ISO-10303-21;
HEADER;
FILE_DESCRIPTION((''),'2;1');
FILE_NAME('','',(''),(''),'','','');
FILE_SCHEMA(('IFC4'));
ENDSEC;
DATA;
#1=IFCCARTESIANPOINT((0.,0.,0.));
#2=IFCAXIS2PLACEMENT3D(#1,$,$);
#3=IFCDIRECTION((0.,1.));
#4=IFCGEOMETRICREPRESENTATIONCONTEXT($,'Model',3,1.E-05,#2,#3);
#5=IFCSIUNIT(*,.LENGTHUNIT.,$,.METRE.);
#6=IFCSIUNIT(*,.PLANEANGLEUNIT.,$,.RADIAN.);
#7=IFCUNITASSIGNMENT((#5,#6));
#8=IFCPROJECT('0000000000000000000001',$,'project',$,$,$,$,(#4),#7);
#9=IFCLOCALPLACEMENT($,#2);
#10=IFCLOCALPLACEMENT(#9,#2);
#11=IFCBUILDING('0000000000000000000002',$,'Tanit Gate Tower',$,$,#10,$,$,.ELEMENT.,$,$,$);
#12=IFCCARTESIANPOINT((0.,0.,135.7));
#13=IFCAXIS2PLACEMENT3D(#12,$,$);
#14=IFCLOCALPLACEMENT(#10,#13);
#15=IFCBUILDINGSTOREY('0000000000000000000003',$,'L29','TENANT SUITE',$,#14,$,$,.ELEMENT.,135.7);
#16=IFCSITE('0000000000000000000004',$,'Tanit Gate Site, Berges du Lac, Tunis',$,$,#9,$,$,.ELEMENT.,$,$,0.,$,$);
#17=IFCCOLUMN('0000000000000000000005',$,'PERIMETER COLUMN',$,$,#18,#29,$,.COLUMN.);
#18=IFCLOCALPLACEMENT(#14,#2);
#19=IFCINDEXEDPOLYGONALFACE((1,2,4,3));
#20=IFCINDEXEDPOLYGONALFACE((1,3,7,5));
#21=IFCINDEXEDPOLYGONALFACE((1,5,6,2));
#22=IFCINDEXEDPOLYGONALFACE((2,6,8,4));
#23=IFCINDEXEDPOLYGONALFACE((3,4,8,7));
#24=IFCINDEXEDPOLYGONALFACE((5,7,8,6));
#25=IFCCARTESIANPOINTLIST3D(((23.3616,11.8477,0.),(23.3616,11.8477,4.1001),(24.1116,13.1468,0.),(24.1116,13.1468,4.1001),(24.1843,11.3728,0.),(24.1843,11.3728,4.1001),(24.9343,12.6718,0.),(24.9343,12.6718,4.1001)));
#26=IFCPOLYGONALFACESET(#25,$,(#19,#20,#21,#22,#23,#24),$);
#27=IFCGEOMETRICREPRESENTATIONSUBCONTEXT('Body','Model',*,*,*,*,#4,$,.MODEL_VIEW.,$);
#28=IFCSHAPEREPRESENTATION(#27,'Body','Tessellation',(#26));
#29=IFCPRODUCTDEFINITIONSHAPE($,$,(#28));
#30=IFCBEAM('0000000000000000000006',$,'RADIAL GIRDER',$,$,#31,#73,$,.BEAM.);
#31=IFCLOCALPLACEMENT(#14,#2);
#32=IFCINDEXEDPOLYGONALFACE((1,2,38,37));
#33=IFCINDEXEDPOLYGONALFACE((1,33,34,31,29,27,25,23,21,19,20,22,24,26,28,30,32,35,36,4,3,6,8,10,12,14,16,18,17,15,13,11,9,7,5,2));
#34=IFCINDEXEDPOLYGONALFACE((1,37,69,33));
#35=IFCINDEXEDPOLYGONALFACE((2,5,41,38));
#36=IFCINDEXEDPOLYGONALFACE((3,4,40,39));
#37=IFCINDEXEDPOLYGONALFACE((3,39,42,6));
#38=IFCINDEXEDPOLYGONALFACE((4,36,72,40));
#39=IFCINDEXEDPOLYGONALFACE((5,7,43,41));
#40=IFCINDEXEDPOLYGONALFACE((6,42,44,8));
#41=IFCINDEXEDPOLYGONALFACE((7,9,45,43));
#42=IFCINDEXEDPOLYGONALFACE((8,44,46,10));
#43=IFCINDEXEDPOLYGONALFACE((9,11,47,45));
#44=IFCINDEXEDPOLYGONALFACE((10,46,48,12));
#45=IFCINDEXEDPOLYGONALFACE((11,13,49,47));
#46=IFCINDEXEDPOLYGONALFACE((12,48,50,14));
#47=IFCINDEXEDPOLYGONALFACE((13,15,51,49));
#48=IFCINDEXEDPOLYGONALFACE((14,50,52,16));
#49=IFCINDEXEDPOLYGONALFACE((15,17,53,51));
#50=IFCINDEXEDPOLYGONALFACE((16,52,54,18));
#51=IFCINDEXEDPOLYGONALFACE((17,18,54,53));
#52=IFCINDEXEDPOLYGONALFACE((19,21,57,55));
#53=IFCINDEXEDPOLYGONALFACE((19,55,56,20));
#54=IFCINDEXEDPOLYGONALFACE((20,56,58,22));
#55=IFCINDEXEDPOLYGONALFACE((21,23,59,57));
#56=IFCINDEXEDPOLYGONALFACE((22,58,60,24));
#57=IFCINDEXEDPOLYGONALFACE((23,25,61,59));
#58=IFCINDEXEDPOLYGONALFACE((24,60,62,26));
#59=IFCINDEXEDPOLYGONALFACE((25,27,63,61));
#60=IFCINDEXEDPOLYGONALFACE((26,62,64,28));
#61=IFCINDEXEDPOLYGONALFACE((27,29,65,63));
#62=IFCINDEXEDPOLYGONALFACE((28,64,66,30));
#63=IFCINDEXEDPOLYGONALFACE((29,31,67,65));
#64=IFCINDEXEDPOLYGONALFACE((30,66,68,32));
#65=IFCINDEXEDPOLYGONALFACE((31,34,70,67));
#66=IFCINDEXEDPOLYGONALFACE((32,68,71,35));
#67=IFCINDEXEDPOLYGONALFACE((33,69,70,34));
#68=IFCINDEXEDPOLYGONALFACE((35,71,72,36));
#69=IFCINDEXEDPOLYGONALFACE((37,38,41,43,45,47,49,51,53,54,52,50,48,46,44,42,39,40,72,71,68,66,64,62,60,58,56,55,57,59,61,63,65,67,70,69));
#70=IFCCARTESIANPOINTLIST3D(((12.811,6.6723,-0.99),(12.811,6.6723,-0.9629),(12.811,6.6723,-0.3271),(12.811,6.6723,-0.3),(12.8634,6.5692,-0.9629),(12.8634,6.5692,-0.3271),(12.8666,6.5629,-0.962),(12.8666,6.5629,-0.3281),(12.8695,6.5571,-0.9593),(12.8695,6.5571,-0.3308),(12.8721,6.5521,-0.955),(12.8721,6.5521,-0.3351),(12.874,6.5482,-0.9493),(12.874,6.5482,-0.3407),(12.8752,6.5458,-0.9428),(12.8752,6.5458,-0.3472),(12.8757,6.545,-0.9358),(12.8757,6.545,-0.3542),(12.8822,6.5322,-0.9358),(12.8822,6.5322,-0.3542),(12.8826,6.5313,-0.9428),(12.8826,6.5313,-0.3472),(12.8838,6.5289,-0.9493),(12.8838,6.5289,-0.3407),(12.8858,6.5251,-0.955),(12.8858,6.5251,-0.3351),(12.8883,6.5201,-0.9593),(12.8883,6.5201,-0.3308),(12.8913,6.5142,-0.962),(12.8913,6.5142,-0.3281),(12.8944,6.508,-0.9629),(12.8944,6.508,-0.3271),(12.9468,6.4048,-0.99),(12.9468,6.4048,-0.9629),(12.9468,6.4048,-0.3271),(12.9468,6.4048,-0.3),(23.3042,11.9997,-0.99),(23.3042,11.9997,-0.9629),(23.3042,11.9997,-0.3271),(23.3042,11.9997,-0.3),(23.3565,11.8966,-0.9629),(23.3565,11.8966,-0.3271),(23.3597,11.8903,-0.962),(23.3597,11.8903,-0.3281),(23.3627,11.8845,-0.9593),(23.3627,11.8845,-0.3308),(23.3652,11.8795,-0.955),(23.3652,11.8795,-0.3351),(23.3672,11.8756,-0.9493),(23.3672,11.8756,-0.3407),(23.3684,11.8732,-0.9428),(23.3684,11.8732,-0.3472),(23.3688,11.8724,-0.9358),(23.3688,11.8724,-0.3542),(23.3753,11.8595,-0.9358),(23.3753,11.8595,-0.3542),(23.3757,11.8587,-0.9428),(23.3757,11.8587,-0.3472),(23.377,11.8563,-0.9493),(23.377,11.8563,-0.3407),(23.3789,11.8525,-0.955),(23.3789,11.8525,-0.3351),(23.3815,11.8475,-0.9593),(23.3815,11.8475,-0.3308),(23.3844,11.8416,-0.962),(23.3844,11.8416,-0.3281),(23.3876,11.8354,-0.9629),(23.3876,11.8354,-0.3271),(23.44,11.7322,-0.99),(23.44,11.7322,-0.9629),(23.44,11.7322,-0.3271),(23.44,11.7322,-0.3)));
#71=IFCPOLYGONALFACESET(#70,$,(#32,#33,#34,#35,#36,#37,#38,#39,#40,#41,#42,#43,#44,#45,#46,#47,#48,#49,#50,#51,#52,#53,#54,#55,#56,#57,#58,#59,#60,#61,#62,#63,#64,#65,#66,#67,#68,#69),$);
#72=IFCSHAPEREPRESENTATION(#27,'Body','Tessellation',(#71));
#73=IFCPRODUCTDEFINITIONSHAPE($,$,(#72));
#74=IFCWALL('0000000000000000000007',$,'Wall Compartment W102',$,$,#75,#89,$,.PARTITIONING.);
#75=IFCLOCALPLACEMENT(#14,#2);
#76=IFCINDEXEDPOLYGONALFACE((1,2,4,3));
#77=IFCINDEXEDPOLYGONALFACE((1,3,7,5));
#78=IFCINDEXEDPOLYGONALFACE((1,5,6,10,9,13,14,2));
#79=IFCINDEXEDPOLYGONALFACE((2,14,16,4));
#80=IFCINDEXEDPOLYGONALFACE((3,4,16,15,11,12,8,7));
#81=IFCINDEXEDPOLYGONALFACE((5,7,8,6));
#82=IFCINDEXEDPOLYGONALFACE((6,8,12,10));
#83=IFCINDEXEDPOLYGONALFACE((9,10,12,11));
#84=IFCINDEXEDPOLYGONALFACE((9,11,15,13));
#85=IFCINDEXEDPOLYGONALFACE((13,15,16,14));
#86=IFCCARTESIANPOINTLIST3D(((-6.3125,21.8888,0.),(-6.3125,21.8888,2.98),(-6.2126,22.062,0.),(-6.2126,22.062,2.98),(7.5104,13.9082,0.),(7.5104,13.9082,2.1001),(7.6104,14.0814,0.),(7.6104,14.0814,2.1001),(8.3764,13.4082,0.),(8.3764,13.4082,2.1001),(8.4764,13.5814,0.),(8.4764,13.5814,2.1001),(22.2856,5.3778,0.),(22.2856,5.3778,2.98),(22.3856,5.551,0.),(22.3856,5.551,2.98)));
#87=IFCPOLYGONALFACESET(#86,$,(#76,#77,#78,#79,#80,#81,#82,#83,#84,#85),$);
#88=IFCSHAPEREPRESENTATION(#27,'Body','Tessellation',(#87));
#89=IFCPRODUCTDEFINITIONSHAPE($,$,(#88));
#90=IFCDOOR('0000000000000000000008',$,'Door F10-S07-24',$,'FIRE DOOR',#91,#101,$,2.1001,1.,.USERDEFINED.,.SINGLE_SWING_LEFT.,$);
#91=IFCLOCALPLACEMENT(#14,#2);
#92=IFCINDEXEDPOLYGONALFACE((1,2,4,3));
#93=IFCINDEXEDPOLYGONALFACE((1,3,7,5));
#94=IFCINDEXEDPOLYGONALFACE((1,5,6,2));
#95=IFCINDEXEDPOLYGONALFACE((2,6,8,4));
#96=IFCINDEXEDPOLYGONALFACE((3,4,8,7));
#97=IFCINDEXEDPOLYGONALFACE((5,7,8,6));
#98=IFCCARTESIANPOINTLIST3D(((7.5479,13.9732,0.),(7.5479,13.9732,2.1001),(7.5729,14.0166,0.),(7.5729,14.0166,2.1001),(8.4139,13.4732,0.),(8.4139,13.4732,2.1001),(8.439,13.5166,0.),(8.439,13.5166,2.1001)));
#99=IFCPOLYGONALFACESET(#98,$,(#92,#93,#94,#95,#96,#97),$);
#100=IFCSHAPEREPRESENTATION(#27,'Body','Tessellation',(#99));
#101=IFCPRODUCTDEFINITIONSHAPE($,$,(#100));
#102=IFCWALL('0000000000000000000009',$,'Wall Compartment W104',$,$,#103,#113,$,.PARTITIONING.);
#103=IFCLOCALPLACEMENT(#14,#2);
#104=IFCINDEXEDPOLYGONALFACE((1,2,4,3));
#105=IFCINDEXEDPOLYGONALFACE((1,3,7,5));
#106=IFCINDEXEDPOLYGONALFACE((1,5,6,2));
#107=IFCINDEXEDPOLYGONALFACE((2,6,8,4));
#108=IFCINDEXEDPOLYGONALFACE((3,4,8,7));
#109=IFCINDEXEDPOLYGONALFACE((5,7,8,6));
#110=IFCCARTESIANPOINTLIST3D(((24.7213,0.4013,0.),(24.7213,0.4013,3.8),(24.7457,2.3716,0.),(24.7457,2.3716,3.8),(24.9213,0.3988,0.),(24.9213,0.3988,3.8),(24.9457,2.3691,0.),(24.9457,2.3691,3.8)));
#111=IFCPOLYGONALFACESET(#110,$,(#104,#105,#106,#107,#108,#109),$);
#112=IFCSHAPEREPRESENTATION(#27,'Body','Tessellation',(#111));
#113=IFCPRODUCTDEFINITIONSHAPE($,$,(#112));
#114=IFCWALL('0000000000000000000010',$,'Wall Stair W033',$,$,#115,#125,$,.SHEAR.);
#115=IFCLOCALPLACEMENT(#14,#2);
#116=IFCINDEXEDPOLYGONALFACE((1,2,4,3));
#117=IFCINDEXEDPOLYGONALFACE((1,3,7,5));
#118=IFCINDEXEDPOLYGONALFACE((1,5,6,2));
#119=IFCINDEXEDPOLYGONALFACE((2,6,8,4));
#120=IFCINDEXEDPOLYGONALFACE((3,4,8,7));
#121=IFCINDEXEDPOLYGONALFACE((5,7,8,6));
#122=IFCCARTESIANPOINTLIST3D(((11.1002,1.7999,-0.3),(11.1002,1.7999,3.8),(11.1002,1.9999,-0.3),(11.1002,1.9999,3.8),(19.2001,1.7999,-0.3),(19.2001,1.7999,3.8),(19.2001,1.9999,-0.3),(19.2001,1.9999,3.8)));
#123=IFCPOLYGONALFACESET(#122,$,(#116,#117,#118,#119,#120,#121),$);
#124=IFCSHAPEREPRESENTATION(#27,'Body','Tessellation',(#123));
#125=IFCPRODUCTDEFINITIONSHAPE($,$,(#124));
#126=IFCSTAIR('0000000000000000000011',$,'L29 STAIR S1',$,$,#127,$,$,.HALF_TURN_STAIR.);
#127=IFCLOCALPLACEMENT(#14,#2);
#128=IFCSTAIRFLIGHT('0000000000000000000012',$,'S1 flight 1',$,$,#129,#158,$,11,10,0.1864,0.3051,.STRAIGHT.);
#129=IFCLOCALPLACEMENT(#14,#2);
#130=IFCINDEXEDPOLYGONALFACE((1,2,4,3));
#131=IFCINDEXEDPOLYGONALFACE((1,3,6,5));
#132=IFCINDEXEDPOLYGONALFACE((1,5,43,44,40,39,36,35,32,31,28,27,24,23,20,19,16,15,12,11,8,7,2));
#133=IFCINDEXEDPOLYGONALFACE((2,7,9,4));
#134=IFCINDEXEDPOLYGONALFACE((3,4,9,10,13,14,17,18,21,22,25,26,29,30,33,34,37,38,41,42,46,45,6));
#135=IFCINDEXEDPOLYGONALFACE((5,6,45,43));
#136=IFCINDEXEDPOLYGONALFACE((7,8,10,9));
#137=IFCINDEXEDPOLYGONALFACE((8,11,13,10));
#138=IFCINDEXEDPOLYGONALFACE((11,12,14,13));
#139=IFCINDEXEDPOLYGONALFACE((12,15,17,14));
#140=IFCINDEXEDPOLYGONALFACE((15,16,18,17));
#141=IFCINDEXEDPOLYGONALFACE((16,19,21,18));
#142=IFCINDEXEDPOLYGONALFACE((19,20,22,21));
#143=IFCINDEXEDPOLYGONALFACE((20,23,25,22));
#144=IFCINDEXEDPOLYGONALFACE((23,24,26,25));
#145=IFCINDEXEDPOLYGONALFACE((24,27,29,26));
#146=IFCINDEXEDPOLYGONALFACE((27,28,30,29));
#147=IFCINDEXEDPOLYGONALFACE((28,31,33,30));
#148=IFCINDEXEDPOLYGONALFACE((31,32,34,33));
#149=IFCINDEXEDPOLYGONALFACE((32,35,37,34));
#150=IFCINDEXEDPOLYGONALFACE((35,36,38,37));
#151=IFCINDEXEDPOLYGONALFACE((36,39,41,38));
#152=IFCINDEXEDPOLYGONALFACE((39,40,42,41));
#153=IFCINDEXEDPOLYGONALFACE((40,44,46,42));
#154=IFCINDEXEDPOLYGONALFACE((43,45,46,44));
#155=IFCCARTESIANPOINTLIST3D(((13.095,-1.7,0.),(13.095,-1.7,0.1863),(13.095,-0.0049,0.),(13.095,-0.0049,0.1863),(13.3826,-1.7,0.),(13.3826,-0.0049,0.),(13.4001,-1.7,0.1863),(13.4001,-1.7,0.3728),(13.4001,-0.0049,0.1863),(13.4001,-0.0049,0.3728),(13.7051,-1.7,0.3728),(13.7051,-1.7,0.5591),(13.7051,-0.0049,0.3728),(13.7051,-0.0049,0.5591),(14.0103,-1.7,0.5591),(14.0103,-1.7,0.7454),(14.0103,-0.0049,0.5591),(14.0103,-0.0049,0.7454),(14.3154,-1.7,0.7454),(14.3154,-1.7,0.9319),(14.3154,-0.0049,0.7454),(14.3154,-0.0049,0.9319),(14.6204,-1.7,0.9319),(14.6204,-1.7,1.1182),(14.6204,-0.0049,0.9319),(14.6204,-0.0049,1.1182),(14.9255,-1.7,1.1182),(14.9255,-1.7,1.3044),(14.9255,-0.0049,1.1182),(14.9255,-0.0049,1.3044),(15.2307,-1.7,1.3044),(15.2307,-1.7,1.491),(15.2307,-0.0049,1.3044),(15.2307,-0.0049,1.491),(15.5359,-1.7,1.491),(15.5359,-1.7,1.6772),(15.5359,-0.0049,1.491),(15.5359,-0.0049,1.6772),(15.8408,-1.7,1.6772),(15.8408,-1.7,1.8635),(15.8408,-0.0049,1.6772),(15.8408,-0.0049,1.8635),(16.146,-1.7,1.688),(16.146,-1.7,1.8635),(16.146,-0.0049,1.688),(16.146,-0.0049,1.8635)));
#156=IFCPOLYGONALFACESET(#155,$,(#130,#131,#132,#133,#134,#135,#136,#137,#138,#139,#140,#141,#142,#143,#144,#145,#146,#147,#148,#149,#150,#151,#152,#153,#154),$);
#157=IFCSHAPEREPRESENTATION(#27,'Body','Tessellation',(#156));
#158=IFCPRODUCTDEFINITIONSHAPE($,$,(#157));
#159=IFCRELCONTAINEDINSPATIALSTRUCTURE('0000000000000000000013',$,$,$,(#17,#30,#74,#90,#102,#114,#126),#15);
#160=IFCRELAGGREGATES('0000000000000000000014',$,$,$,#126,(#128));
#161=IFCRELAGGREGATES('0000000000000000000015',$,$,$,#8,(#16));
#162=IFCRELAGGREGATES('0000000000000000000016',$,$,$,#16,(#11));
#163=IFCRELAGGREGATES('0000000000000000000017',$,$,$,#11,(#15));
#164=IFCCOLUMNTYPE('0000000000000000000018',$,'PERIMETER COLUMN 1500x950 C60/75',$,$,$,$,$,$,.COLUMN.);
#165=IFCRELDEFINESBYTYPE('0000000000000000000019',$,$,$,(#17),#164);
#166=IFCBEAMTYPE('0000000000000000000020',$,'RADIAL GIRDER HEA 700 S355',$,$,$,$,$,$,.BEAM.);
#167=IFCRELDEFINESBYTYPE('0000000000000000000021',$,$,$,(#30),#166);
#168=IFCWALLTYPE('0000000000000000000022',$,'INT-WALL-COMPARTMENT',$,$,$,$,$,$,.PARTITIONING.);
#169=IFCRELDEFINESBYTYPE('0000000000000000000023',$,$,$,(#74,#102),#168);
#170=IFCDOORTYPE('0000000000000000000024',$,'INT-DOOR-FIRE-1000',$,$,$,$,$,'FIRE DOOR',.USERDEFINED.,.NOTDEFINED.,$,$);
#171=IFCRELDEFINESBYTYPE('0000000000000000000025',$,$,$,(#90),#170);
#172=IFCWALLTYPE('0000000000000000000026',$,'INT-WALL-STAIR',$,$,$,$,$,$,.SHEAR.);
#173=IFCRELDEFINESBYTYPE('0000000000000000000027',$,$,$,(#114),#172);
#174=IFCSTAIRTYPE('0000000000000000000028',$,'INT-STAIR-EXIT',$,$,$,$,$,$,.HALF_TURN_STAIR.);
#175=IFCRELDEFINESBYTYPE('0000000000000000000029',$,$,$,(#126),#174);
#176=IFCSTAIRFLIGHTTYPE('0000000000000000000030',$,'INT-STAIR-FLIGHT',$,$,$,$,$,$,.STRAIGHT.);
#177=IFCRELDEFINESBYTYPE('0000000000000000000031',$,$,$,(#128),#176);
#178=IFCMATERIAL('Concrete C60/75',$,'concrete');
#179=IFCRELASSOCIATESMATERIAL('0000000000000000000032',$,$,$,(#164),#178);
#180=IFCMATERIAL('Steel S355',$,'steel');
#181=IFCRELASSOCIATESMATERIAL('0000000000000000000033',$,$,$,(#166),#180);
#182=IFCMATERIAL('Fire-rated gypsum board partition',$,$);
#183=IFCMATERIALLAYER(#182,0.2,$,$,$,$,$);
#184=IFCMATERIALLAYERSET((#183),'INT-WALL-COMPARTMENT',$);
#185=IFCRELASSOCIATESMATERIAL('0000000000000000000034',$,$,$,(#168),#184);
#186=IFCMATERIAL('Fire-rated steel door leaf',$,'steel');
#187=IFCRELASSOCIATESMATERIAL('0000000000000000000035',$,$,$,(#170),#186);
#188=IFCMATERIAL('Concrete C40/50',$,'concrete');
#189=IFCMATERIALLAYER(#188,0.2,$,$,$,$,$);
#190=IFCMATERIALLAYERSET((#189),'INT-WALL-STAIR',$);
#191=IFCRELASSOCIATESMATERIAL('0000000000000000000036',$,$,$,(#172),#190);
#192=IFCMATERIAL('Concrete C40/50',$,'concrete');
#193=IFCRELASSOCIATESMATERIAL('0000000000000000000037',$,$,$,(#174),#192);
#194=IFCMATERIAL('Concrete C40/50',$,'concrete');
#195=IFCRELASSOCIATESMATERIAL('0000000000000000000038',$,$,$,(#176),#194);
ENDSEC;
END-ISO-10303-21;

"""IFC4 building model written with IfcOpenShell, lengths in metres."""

from ifc_helpers import new_model, si_unit, direction, frame, frame_2d, origin, origin_2d, place, context, subcontext, project, spatial, polyline, rectangle, i_section, outline, extrude, material, layer, layer_set, material_profile, profile_set, type_object, element, fill, aggregate, save


model = new_model("IFC4")

# Units and contexts
model_context = context("Model", 3, precision=1e-05, world=origin(), true_north=direction((0.0, 1.0)))
body_context = subcontext(model_context, "Body", "Model", "MODEL_VIEW")
ifc_project = project(units=[si_unit("LENGTHUNIT", "METRE"), si_unit("PLANEANGLEUNIT", "RADIAN")], contexts=[model_context])

# Site, building, storey
site_placement = place(None, origin())
site = spatial("IfcSite", under=ifc_project, at=site_placement, Name="Tanit Gate Site, Berges du Lac, Tunis", CompositionType="ELEMENT", RefElevation=0.0)
building_placement = place(site_placement, origin())
building = spatial("IfcBuilding", under=site, at=building_placement, Name="Tanit Gate Tower", CompositionType="ELEMENT")
storey_placement = place(building_placement, frame((0.0, 0.0, 135.7)))
storey = spatial("IfcBuildingStorey", under=building, at=storey_placement, Name="L29", Description="TENANT SUITE", CompositionType="ELEMENT", Elevation=135.7)

# Column
ifc_material_1 = material(Name="Concrete C60/75", Category="concrete")
ifc_material_profile_1 = material_profile(ifc_material_1, rectangle(XDim=1.5, YDim=0.95, at=origin_2d()), Name="RC 1500x950")
ifc_profile_set_1 = profile_set([ifc_material_profile_1], Name="Concrete C60/75")
column_type = type_object("IfcColumnType", Name="PERIMETER COLUMN 1500x950 C60/75", PredefinedType="COLUMN", material=ifc_profile_set_1)
column_placement = place(storey_placement, frame((24.1479, 12.2598, 0.0), z_axis=(0.0, 0.0, 1.0), x_axis=(0.5, 0.866025, 0.0)))
element("IfcColumn", 1, at=column_placement, inside=storey, type_object=column_type, Name="PERIMETER COLUMN", PredefinedType="COLUMN", context=body_context, shape_type="SweptSolid", body=[
    extrude(rectangle(XDim=1.5, YDim=0.95, at=origin_2d()), origin(), (0.0, 0.0, 1.0), 4.1001),
])

# Beam
ifc_material_2 = material(Name="Steel S355", Category="steel")
ifc_material_profile_2 = material_profile(ifc_material_2, i_section(OverallWidth=0.3, OverallDepth=0.6899, WebThickness=0.0144, FlangeThickness=0.0271, FilletRadius=0.0271, at=origin_2d()), Name="HEA 700")
ifc_profile_set_2 = profile_set([ifc_material_profile_2], Name="Steel S355")
beam_type = type_object("IfcBeamType", Name="RADIAL GIRDER HEA 700 S355", PredefinedType="BEAM", material=ifc_profile_set_2)
beam_placement = place(storey_placement, frame((23.3721, 11.866, -0.645), z_axis=(-0.891664, -0.452699, 0.0), x_axis=(0.452699, -0.891664, 0.0)))
element("IfcBeam", 2, at=beam_placement, inside=storey, type_object=beam_type, Name="RADIAL GIRDER", PredefinedType="BEAM", context=body_context, shape_type="SweptSolid", body=[
    extrude(i_section(OverallWidth=0.3, OverallDepth=0.6899, WebThickness=0.0144, FlangeThickness=0.0271, FilletRadius=0.0271, at=origin_2d()), origin(), (0.0, 0.0, 1.0), 11.7681),
])

# Wall, opening, door
ifc_material_3 = material(Name="Fire-rated gypsum board partition")
ifc_layer_1 = layer(ifc_material_3, 0.2)
ifc_layer_set_1 = layer_set([ifc_layer_1], Name="INT-WALL-COMPARTMENT")
wall_type_1 = type_object("IfcWallType", Name="INT-WALL-COMPARTMENT", PredefinedType="PARTITIONING", material=ifc_layer_set_1)
wall_1_placement = place(storey_placement, frame((22.3357, 5.4644, 0.0), z_axis=(0.0, 0.0, 1.0), x_axis=(-0.866028, 0.499996, 0.0)))
wall_1 = element("IfcWall", 3, at=wall_1_placement, inside=storey, type_object=wall_type_1, Name="Wall Compartment W102", PredefinedType="PARTITIONING", context=body_context, shape_type="SweptSolid", body=[
    extrude(rectangle(XDim=33.0222, YDim=0.2, at=frame_2d((16.5112, 0.0))), origin(), (0.0, 0.0, 1.0), 2.98),
])
opening_1_placement = place(wall_1_placement, frame((16.061, 0.0, 0.0)))
opening_1 = element("IfcOpeningElement", 4, at=opening_1_placement, cuts=wall_1, PredefinedType="OPENING", context=body_context, shape_type="SweptSolid", body=[
    extrude(rectangle(XDim=1.0, YDim=2.1001, at=frame_2d((0.5, 1.05))), frame((0.0, 0.1099, 0.0), z_axis=(0.0, -1.0, 0.0), x_axis=(1.0, 0.0, 0.0)), (0.0, 0.0, 1.0), 0.22),
])
ifc_material_4 = material(Name="Fire-rated steel door leaf", Category="steel")
door_type_1 = type_object("IfcDoorType", Name="INT-DOOR-FIRE-1000", ElementType="FIRE DOOR", OperationType="NOTDEFINED", PredefinedType="USERDEFINED", material=ifc_material_4)
door_1_placement = place(opening_1_placement, origin())
door_1 = element("IfcDoor", 5, at=door_1_placement, inside=storey, type_object=door_type_1, Name="Door F10-S07-24", ObjectType="FIRE DOOR", OperationType="SINGLE_SWING_LEFT", OverallHeight=2.1001, OverallWidth=1.0, PredefinedType="USERDEFINED", context=body_context, shape_type="SweptSolid", body=[
    extrude(rectangle(XDim=1.0, YDim=2.1001, at=frame_2d((0.5, 1.05))), frame((0.0, 0.0249, 0.0), z_axis=(0.0, -1.0, 0.0), x_axis=(1.0, 0.0, 0.0)), (0.0, 0.0, 1.0), 0.05),
])
fill(opening_1, door_1)

# Walls
wall_2_placement = place(storey_placement, frame((24.8213, 0.3999, 0.0), z_axis=(0.0, 0.0, 1.0), x_axis=(0.012391, 0.999923, 0.0)))
element("IfcWall", 6, at=wall_2_placement, inside=storey, type_object=wall_type_1, Name="Wall Compartment W104", PredefinedType="PARTITIONING", context=body_context, shape_type="SweptSolid", body=[
    extrude(rectangle(XDim=1.9705, YDim=0.2, at=frame_2d((0.9854, 0.0))), origin(), (0.0, 0.0, 1.0), 3.8),
])
ifc_material_5 = material(Name="Concrete C40/50", Category="concrete")
ifc_layer_2 = layer(ifc_material_5, 0.2)
ifc_layer_set_2 = layer_set([ifc_layer_2], Name="INT-WALL-STAIR")
wall_type_2 = type_object("IfcWallType", Name="INT-WALL-STAIR", PredefinedType="SHEAR", material=ifc_layer_set_2)
wall_3_placement = place(storey_placement, frame((19.2, 1.8999, -0.3), z_axis=(0.0, 0.0, 1.0), x_axis=(-1.0, 0.0, 0.0)))
element("IfcWall", 7, at=wall_3_placement, inside=storey, type_object=wall_type_2, Name="Wall Stair W033", PredefinedType="SHEAR", context=body_context, shape_type="SweptSolid", body=[
    extrude(rectangle(XDim=8.0999, YDim=0.2, at=frame_2d((4.0498, 0.0))), origin(), (0.0, 0.0, 1.0), 4.1001),
])

# Stair, stair flight
ifc_material_6 = material(Name="Concrete C40/50", Category="concrete")
stair_type = type_object("IfcStairType", Name="INT-STAIR-EXIT", PredefinedType="HALF_TURN_STAIR", material=ifc_material_6)
stair_placement = place(storey_placement, origin())
stair = element("IfcStair", 8, at=stair_placement, inside=storey, type_object=stair_type, Name="L29 STAIR S1", PredefinedType="HALF_TURN_STAIR")
ifc_material_7 = material(Name="Concrete C40/50", Category="concrete")
stair_flight_type = type_object("IfcStairFlightType", Name="INT-STAIR-FLIGHT", PredefinedType="STRAIGHT", material=ifc_material_7)
stair_flight_1_placement = place(storey_placement, frame((13.095, -0.8525, 0.0), z_axis=(0.0, 0.0, 1.0), x_axis=(1.0, 0.0, 0.0)))
stair_flight_1 = element("IfcStairFlight", 9, at=stair_flight_1_placement, type_object=stair_flight_type, Name="S1 flight 1", NumberOfRisers=11, NumberOfTreads=10, PredefinedType="STRAIGHT", RiserHeight=0.1864, TreadLength=0.3051, context=body_context, shape_type="SweptSolid", body=[
    extrude(outline(polyline([(0.0, 0.0), (0.0, 0.1863), (0.3052, 0.1863), (0.3052, 0.3728), (0.6101, 0.3728), (0.6101, 0.5591), (0.9153, 0.5591), (0.9153, 0.7454), (1.2205, 0.7454), (1.2205, 0.9319), (1.5254, 0.9319), (1.5254, 1.1182), (1.8306, 1.1182), (1.8306, 1.3044), (2.1357, 1.3044), (2.1357, 1.491), (2.4409, 1.491), (2.4409, 1.6772), (2.7458, 1.6772), (2.7458, 1.8635), (3.051, 1.8635), (3.051, 2.05), (3.051, 1.688), (0.2876, 0.0), (0.0, 0.0)])), frame((0.0, 0.8477, 0.0), z_axis=(0.0, -1.0, 0.0), x_axis=(1.0, 0.0, 0.0)), (0.0, 0.0, 1.0), 1.6951),
])
aggregate(stair, [stair_flight_1])

save(model, "model.ifc")
